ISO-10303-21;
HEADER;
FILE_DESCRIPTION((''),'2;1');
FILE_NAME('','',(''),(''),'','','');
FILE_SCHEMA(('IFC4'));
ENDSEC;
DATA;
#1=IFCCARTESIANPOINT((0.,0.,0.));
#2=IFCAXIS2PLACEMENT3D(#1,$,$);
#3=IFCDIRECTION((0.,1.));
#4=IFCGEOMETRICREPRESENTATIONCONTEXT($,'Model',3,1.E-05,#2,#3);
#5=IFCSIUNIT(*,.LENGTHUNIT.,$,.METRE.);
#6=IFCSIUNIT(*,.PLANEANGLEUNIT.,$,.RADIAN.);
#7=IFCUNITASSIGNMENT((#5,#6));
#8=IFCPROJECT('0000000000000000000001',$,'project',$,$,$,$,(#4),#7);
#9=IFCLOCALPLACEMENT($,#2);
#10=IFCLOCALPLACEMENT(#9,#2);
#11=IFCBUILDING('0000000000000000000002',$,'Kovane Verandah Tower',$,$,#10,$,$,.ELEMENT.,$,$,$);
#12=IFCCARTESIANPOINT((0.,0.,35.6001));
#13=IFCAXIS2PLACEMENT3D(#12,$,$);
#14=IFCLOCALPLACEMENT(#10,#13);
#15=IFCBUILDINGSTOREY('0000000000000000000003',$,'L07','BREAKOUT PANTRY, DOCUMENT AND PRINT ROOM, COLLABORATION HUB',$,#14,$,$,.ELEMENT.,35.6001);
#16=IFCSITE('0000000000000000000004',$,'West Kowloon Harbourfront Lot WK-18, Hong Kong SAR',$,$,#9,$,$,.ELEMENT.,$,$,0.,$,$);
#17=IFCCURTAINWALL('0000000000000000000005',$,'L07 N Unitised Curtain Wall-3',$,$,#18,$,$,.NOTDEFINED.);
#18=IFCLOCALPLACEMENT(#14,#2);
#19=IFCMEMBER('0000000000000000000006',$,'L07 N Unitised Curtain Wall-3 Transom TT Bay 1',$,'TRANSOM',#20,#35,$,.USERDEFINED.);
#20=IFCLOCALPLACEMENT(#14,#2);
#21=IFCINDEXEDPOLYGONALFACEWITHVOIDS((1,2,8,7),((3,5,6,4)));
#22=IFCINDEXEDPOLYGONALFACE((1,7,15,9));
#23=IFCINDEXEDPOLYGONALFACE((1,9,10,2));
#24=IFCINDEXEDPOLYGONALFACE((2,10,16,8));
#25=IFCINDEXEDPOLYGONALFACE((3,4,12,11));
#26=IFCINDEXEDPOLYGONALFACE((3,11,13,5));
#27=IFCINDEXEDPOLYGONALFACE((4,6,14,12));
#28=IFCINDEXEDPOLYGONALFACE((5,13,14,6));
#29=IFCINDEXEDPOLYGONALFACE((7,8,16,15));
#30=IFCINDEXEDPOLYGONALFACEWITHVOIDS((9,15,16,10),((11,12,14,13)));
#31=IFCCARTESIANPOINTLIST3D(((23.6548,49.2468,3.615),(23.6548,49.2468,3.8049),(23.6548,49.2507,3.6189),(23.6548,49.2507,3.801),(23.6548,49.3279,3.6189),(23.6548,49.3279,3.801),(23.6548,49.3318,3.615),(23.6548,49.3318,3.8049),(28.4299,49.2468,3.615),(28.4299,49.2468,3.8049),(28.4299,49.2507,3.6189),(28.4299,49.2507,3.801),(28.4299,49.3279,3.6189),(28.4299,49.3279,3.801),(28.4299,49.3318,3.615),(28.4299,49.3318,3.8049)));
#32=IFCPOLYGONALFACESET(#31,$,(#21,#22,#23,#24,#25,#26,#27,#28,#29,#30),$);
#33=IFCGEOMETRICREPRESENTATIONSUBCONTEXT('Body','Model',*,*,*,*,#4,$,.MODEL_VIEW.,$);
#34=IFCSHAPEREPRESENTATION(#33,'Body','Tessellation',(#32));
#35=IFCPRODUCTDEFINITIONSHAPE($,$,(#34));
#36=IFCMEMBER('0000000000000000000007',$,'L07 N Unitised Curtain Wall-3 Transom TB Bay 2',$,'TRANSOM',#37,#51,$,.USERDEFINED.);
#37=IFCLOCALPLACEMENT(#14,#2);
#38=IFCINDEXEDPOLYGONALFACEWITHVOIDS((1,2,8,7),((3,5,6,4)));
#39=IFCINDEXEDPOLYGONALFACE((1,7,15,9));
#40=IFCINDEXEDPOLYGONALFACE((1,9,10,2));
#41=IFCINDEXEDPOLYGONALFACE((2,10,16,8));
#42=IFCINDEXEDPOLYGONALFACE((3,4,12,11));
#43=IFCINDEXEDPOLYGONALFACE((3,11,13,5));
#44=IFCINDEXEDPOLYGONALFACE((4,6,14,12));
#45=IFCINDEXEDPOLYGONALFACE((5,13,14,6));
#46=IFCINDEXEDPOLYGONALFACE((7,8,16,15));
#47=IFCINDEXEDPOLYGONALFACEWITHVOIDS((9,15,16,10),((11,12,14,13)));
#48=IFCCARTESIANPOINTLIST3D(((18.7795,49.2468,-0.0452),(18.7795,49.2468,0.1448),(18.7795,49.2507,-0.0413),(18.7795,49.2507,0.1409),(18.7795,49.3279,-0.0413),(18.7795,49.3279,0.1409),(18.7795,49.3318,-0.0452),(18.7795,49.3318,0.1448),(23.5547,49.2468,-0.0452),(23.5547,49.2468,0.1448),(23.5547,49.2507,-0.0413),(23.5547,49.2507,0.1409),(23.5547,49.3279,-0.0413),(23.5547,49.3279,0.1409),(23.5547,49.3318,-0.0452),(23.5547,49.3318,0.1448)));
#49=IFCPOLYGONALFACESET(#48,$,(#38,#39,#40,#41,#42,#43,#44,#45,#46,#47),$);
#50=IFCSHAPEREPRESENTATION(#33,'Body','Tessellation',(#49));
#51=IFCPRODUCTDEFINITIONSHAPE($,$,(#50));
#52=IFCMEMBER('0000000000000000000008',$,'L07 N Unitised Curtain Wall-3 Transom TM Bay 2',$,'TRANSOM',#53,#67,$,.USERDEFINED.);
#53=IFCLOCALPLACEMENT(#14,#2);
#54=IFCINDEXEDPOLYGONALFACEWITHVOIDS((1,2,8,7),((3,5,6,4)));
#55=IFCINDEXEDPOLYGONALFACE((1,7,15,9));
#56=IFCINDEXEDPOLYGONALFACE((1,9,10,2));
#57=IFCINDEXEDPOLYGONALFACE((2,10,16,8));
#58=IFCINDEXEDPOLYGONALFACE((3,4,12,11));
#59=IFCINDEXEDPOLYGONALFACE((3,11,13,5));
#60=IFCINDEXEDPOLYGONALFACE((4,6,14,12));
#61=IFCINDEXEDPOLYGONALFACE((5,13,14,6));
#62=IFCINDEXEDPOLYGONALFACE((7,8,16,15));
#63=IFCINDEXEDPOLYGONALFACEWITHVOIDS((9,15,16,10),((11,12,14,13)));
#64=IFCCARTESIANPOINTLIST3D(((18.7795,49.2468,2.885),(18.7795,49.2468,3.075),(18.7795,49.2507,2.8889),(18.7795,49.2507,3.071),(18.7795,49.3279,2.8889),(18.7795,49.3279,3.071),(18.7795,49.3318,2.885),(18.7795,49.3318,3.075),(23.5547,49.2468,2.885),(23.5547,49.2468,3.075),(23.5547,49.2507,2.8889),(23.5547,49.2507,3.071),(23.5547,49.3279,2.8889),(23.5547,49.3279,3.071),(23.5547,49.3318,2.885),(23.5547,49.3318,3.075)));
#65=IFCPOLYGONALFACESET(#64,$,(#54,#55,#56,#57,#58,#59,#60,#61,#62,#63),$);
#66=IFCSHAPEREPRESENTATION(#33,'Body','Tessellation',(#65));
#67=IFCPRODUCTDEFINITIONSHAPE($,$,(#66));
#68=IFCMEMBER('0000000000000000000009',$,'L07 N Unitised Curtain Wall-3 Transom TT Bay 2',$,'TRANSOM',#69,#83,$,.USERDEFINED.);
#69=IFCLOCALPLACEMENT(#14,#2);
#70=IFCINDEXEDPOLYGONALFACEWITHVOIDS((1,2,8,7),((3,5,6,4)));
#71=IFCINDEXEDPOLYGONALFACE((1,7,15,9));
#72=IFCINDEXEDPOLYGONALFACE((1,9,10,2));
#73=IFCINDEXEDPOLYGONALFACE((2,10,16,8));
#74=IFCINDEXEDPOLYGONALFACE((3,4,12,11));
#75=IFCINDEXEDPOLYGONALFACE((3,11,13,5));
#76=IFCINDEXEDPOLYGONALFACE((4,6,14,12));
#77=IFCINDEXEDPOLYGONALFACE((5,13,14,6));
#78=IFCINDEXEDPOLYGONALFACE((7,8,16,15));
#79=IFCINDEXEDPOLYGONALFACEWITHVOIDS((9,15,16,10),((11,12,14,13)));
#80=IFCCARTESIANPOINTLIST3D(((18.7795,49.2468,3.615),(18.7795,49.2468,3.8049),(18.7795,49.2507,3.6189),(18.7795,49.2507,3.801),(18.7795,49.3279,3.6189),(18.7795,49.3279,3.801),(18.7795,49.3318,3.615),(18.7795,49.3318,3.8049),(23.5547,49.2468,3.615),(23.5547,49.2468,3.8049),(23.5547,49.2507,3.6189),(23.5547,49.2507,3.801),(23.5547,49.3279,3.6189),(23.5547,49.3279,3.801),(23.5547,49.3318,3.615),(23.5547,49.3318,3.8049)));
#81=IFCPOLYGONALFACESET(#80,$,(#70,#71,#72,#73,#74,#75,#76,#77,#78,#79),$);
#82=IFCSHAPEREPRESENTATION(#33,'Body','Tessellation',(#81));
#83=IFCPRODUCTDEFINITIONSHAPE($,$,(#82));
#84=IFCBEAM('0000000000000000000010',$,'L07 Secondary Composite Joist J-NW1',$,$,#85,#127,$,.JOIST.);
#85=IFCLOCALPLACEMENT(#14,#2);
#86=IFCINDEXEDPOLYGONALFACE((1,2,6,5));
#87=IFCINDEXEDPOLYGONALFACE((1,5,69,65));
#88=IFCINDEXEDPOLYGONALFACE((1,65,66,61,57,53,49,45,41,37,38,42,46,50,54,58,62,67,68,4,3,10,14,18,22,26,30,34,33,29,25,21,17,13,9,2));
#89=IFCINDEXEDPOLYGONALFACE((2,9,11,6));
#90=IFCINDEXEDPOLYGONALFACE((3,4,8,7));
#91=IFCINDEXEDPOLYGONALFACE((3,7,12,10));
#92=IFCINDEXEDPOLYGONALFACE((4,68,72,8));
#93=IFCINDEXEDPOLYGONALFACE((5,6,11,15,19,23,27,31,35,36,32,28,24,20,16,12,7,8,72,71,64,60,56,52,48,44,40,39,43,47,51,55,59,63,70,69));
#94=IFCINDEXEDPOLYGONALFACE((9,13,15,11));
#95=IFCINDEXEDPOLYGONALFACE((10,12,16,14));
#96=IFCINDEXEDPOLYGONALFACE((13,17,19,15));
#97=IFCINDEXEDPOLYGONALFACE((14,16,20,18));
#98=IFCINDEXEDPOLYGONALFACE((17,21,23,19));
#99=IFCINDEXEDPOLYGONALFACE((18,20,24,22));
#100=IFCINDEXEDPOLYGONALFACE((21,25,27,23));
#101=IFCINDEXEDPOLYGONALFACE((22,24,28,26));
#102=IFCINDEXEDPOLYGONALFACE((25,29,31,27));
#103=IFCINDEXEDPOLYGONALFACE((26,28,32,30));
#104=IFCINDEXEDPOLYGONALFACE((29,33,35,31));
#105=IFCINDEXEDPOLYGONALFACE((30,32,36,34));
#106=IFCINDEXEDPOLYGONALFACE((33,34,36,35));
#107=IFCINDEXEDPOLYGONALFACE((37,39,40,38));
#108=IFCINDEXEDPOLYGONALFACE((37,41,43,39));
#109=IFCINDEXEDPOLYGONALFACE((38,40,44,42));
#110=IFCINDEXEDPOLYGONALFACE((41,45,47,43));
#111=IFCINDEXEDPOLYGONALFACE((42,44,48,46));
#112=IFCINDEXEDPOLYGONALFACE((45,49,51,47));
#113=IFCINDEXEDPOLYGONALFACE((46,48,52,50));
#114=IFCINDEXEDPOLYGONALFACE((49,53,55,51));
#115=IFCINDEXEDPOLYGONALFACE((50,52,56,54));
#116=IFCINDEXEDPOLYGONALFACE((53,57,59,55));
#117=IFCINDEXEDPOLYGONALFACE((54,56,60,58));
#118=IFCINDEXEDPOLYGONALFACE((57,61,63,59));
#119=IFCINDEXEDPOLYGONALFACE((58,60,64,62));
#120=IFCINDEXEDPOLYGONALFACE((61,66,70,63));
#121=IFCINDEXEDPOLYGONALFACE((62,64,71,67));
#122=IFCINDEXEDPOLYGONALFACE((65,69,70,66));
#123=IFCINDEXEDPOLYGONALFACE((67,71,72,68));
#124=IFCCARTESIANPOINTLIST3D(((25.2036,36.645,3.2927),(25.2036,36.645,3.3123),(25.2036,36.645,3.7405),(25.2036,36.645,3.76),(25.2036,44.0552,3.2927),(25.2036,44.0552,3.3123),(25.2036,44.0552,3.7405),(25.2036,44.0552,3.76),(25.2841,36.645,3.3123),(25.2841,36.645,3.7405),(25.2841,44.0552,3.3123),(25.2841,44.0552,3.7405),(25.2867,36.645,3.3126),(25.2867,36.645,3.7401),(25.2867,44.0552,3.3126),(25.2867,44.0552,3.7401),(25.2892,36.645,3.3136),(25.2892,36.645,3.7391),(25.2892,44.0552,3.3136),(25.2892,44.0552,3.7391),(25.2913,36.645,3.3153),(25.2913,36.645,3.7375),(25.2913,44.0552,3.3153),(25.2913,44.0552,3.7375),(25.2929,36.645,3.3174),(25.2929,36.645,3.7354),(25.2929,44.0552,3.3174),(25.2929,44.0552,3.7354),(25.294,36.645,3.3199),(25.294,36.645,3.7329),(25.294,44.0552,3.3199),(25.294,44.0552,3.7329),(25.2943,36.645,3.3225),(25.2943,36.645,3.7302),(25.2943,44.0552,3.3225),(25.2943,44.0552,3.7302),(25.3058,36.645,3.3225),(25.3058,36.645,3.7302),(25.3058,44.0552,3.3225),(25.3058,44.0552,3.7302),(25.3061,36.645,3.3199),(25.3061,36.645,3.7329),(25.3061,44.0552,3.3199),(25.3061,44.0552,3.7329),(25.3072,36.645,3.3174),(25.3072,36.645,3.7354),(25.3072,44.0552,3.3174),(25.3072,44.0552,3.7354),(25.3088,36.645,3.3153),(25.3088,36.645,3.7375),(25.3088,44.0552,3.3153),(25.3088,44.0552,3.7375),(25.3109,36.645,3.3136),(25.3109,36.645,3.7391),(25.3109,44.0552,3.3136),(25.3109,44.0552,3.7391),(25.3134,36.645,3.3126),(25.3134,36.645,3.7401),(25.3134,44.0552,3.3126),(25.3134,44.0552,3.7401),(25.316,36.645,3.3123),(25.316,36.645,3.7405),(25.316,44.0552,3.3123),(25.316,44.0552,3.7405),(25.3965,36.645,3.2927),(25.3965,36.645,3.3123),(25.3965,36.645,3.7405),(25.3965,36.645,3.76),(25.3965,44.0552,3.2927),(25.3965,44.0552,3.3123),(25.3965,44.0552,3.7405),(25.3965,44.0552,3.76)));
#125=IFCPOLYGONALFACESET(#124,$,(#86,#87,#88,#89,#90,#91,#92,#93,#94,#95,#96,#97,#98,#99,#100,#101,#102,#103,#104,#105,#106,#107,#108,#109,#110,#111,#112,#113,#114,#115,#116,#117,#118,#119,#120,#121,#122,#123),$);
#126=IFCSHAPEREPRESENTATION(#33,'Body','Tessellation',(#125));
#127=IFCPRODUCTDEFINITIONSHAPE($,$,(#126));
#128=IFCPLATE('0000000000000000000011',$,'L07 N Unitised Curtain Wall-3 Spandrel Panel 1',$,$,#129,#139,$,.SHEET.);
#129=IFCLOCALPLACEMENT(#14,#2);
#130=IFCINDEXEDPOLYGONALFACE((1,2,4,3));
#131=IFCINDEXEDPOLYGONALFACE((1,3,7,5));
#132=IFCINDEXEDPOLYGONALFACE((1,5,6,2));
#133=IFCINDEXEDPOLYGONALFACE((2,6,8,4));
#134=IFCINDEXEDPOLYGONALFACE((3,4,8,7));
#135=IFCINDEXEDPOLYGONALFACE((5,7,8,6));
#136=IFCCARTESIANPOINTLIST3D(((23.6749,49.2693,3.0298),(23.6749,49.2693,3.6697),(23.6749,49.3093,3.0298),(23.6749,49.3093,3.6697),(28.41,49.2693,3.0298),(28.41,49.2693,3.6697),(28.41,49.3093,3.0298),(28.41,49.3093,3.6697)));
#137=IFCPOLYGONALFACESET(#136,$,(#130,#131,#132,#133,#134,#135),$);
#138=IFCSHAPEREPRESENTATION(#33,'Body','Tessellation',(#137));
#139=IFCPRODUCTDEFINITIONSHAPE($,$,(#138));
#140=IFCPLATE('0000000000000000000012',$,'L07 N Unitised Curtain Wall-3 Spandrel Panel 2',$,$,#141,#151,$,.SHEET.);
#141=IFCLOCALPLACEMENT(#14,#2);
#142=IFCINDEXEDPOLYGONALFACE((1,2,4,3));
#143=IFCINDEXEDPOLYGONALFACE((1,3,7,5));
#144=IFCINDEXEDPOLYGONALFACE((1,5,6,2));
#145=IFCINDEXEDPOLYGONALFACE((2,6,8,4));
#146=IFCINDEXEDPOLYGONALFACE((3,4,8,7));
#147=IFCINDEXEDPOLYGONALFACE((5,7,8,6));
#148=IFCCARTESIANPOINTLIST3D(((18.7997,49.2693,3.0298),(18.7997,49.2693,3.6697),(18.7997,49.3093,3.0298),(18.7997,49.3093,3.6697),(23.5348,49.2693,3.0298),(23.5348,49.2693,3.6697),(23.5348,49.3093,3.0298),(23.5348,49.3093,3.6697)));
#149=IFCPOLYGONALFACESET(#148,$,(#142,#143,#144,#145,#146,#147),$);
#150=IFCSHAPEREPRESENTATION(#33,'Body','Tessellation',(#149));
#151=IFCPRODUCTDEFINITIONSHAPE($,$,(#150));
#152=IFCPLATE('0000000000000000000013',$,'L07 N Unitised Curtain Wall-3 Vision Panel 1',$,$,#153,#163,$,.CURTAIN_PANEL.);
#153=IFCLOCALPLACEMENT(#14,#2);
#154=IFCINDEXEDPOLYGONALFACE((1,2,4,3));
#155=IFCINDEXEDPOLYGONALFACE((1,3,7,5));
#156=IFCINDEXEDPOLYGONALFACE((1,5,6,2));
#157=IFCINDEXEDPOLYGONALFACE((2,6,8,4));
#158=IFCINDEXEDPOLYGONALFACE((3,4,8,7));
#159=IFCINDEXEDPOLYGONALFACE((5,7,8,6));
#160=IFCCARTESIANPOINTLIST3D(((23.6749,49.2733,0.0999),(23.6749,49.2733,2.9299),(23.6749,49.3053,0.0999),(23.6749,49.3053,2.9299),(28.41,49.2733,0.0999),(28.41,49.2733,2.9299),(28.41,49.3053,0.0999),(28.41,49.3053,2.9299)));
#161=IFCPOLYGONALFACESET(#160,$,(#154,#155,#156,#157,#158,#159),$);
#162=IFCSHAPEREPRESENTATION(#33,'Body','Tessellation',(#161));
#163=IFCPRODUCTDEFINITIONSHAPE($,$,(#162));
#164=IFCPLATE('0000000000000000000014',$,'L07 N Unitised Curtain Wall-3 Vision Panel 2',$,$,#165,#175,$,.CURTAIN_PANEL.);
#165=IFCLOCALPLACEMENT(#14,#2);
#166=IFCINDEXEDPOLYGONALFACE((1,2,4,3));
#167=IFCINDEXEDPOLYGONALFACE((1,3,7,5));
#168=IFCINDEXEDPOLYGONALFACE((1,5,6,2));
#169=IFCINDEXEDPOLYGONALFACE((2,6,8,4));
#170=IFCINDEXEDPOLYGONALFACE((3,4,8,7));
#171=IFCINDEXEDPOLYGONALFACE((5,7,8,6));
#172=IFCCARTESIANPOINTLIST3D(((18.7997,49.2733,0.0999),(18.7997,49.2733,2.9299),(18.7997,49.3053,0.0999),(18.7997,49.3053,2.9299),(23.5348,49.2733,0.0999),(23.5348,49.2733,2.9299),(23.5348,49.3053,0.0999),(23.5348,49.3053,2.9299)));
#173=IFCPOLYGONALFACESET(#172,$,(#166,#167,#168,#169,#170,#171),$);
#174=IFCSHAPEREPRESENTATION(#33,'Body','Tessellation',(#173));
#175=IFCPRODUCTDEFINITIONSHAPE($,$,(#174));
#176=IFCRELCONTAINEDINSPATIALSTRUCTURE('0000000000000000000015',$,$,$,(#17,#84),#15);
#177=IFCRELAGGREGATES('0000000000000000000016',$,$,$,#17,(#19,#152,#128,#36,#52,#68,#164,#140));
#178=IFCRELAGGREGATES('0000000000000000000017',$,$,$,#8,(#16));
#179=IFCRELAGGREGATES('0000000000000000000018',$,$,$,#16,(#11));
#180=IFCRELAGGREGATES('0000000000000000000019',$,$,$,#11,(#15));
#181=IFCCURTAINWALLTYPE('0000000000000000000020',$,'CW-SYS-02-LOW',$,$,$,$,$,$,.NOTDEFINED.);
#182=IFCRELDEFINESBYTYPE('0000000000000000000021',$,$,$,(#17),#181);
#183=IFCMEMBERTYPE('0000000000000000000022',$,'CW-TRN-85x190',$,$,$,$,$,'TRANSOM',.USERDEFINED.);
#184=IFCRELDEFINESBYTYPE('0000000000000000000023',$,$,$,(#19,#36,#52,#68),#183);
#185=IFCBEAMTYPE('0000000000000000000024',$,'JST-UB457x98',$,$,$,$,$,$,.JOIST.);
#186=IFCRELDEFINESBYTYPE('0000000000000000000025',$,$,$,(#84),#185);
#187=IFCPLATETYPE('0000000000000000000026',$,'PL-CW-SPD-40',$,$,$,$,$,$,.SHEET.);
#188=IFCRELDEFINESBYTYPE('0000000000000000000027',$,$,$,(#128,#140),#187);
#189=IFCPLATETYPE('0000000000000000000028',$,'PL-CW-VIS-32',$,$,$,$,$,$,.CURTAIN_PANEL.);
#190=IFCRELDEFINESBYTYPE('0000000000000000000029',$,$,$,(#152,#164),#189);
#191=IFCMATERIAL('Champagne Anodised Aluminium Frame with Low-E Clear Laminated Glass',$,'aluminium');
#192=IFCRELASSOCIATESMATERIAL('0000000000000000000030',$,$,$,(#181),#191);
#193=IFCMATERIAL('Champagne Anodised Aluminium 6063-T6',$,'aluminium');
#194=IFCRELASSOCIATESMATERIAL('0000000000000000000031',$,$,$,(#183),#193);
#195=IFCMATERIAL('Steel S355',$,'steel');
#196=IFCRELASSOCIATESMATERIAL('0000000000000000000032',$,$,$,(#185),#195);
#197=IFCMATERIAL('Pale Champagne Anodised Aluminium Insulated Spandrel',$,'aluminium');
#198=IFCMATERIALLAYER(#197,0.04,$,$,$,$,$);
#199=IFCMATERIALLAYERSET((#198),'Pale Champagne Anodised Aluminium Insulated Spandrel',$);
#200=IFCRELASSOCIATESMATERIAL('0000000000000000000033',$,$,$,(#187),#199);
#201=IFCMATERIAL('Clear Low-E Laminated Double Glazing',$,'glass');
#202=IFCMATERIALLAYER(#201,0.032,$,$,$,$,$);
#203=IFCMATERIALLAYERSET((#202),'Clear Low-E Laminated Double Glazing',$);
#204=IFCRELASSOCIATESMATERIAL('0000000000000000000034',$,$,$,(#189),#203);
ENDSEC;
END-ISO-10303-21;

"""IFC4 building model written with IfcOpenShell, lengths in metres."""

from ifc_helpers import new_model, si_unit, direction, frame, origin, origin_2d, place, context, subcontext, project, spatial, rectangle, hollow_rectangle, i_section, extrude, material, layer, layer_set, material_profile, profile_set, type_object, element, aggregate, save


model = new_model("IFC4")

# Units and contexts
model_context = context("Model", 3, precision=1e-05, world=origin(), true_north=direction((0.0, 1.0)))
body_context = subcontext(model_context, "Body", "Model", "MODEL_VIEW")
ifc_project = project(units=[si_unit("LENGTHUNIT", "METRE"), si_unit("PLANEANGLEUNIT", "RADIAN")], contexts=[model_context])

# Site, building, storey
site_placement = place(None, origin())
site = spatial("IfcSite", under=ifc_project, at=site_placement, Name="West Kowloon Harbourfront Lot WK-18, Hong Kong SAR", CompositionType="ELEMENT", RefElevation=0.0)
building_placement = place(site_placement, origin())
building = spatial("IfcBuilding", under=site, at=building_placement, Name="Kovane Verandah Tower", CompositionType="ELEMENT")
storey_placement = place(building_placement, frame((0.0, 0.0, 35.6001)))
storey = spatial("IfcBuildingStorey", under=building, at=storey_placement, Name="L07", Description="BREAKOUT PANTRY, DOCUMENT AND PRINT ROOM, COLLABORATION HUB", CompositionType="ELEMENT", Elevation=35.6001)

# Shared definitions
ifc_material_1 = material(Name="Steel S355", Category="steel")

# Curtain wall, members
ifc_material_2 = material(Name="Champagne Anodised Aluminium Frame with Low-E Clear Laminated Glass", Category="aluminium")
curtain_wall_type = type_object("IfcCurtainWallType", Name="CW-SYS-02-LOW", PredefinedType="NOTDEFINED", material=ifc_material_2)
curtain_wall_placement = place(storey_placement, origin())
curtain_wall = element("IfcCurtainWall", 1, at=curtain_wall_placement, inside=storey, type_object=curtain_wall_type, Name="L07 N Unitised Curtain Wall-3", PredefinedType="NOTDEFINED")
ifc_material_3 = material(Name="Champagne Anodised Aluminium 6063-T6", Category="aluminium")
ifc_material_profile_1 = material_profile(ifc_material_3, hollow_rectangle(XDim=0.085, YDim=0.1899, WallThickness=0.0039, at=origin_2d()), Name="AL85x190x4")
ifc_profile_set_1 = profile_set([ifc_material_profile_1], Name="Champagne Anodised Aluminium 6063-T6")
member_type_1 = type_object("IfcMemberType", Name="CW-TRN-85x190", ElementType="TRANSOM", PredefinedType="USERDEFINED", material=ifc_profile_set_1)
member_1_placement = place(storey_placement, frame((28.4299, 49.2893, 3.71), z_axis=(-1.0, 0.0, 0.0), x_axis=(0.0, -1.0, 0.0)))
member_1 = element("IfcMember", 2, at=member_1_placement, type_object=member_type_1, Name="L07 N Unitised Curtain Wall-3 Transom TT Bay 1", ObjectType="TRANSOM", PredefinedType="USERDEFINED", context=body_context, shape_type="SweptSolid", body=[
    extrude(hollow_rectangle(XDim=0.085, YDim=0.1899, WallThickness=0.0039, at=origin_2d()), origin(), (0.0, 0.0, 1.0), 4.7751),
])
member_2_placement = place(storey_placement, frame((23.5547, 49.2893, 0.0498), z_axis=(-1.0, 0.0, 0.0), x_axis=(0.0, -1.0, 0.0)))
member_2 = element("IfcMember", 3, at=member_2_placement, type_object=member_type_1, Name="L07 N Unitised Curtain Wall-3 Transom TB Bay 2", ObjectType="TRANSOM", PredefinedType="USERDEFINED", context=body_context, shape_type="SweptSolid", body=[
    extrude(hollow_rectangle(XDim=0.085, YDim=0.1899, WallThickness=0.0039, at=origin_2d()), origin(), (0.0, 0.0, 1.0), 4.7751),
])
member_3_placement = place(storey_placement, frame((23.5547, 49.2893, 2.98), z_axis=(-1.0, 0.0, 0.0), x_axis=(0.0, -1.0, 0.0)))
member_3 = element("IfcMember", 4, at=member_3_placement, type_object=member_type_1, Name="L07 N Unitised Curtain Wall-3 Transom TM Bay 2", ObjectType="TRANSOM", PredefinedType="USERDEFINED", context=body_context, shape_type="SweptSolid", body=[
    extrude(hollow_rectangle(XDim=0.085, YDim=0.1899, WallThickness=0.0039, at=origin_2d()), origin(), (0.0, 0.0, 1.0), 4.7751),
])
member_4_placement = place(storey_placement, frame((23.5547, 49.2893, 3.71), z_axis=(-1.0, 0.0, 0.0), x_axis=(0.0, -1.0, 0.0)))
member_4 = element("IfcMember", 5, at=member_4_placement, type_object=member_type_1, Name="L07 N Unitised Curtain Wall-3 Transom TT Bay 2", ObjectType="TRANSOM", PredefinedType="USERDEFINED", context=body_context, shape_type="SweptSolid", body=[
    extrude(hollow_rectangle(XDim=0.085, YDim=0.1899, WallThickness=0.0039, at=origin_2d()), origin(), (0.0, 0.0, 1.0), 4.7751),
])

# Beam
ifc_material_profile_2 = material_profile(ifc_material_1, i_section(OverallWidth=0.1929, OverallDepth=0.4673, WebThickness=0.0115, FlangeThickness=0.0195, FilletRadius=0.0103, at=origin_2d()), Name="UB457x191x98")
ifc_profile_set_2 = profile_set([ifc_material_profile_2], Name="Steel S355")
beam_type_1 = type_object("IfcBeamType", Name="JST-UB457x98", PredefinedType="JOIST", material=ifc_profile_set_2)
beam_1_placement = place(storey_placement, frame((25.3, 36.645, 3.5264), z_axis=(0.0, 1.0, 0.0), x_axis=(-1.0, 0.0, 0.0)))
element("IfcBeam", 6, at=beam_1_placement, inside=storey, type_object=beam_type_1, Name="L07 Secondary Composite Joist J-NW1", PredefinedType="JOIST", context=body_context, shape_type="SweptSolid", body=[
    extrude(i_section(OverallWidth=0.1929, OverallDepth=0.4673, WebThickness=0.0115, FlangeThickness=0.0195, FilletRadius=0.0103, at=origin_2d()), origin(), (0.0, 0.0, 1.0), 7.4102),
])

# Plates
ifc_material_4 = material(Name="Pale Champagne Anodised Aluminium Insulated Spandrel", Category="aluminium")
ifc_layer_1 = layer(ifc_material_4, 0.04)
ifc_layer_set_1 = layer_set([ifc_layer_1], Name="Pale Champagne Anodised Aluminium Insulated Spandrel")
plate_type_1 = type_object("IfcPlateType", Name="PL-CW-SPD-40", PredefinedType="SHEET", material=ifc_layer_set_1)
plate_1_placement = place(storey_placement, frame((26.0425, 49.2893, 3.0298), z_axis=(0.0, 0.0, 1.0), x_axis=(-1.0, 0.0, 0.0)))
plate_1 = element("IfcPlate", 7, at=plate_1_placement, type_object=plate_type_1, Name="L07 N Unitised Curtain Wall-3 Spandrel Panel 1", PredefinedType="SHEET", context=body_context, shape_type="SweptSolid", body=[
    extrude(rectangle(XDim=4.7351, YDim=0.04, at=origin_2d()), origin(), (0.0, 0.0, 1.0), 0.6399),
])
plate_2_placement = place(storey_placement, frame((21.1672, 49.2893, 3.0298), z_axis=(0.0, 0.0, 1.0), x_axis=(-1.0, 0.0, 0.0)))
plate_2 = element("IfcPlate", 8, at=plate_2_placement, type_object=plate_type_1, Name="L07 N Unitised Curtain Wall-3 Spandrel Panel 2", PredefinedType="SHEET", context=body_context, shape_type="SweptSolid", body=[
    extrude(rectangle(XDim=4.7351, YDim=0.04, at=origin_2d()), origin(), (0.0, 0.0, 1.0), 0.6399),
])
ifc_material_5 = material(Name="Clear Low-E Laminated Double Glazing", Category="glass")
ifc_layer_2 = layer(ifc_material_5, 0.032)
ifc_layer_set_2 = layer_set([ifc_layer_2], Name="Clear Low-E Laminated Double Glazing")
plate_type_2 = type_object("IfcPlateType", Name="PL-CW-VIS-32", PredefinedType="CURTAIN_PANEL", material=ifc_layer_set_2)
plate_3_placement = place(storey_placement, frame((26.0425, 49.2893, 0.0999), z_axis=(0.0, 0.0, 1.0), x_axis=(-1.0, 0.0, 0.0)))
plate_3 = element("IfcPlate", 9, at=plate_3_placement, type_object=plate_type_2, Name="L07 N Unitised Curtain Wall-3 Vision Panel 1", PredefinedType="CURTAIN_PANEL", context=body_context, shape_type="SweptSolid", body=[
    extrude(rectangle(XDim=4.7351, YDim=0.032, at=origin_2d()), origin(), (0.0, 0.0, 1.0), 2.8301),
])
plate_4_placement = place(storey_placement, frame((21.1672, 49.2893, 0.0999), z_axis=(0.0, 0.0, 1.0), x_axis=(-1.0, 0.0, 0.0)))
plate_4 = element("IfcPlate", 10, at=plate_4_placement, type_object=plate_type_2, Name="L07 N Unitised Curtain Wall-3 Vision Panel 2", PredefinedType="CURTAIN_PANEL", context=body_context, shape_type="SweptSolid", body=[
    extrude(rectangle(XDim=4.7351, YDim=0.032, at=origin_2d()), origin(), (0.0, 0.0, 1.0), 2.8301),
])
aggregate(curtain_wall, [member_1, plate_3, plate_1, member_2, member_3, member_4, plate_4, plate_2])

save(model, "model.ifc")
